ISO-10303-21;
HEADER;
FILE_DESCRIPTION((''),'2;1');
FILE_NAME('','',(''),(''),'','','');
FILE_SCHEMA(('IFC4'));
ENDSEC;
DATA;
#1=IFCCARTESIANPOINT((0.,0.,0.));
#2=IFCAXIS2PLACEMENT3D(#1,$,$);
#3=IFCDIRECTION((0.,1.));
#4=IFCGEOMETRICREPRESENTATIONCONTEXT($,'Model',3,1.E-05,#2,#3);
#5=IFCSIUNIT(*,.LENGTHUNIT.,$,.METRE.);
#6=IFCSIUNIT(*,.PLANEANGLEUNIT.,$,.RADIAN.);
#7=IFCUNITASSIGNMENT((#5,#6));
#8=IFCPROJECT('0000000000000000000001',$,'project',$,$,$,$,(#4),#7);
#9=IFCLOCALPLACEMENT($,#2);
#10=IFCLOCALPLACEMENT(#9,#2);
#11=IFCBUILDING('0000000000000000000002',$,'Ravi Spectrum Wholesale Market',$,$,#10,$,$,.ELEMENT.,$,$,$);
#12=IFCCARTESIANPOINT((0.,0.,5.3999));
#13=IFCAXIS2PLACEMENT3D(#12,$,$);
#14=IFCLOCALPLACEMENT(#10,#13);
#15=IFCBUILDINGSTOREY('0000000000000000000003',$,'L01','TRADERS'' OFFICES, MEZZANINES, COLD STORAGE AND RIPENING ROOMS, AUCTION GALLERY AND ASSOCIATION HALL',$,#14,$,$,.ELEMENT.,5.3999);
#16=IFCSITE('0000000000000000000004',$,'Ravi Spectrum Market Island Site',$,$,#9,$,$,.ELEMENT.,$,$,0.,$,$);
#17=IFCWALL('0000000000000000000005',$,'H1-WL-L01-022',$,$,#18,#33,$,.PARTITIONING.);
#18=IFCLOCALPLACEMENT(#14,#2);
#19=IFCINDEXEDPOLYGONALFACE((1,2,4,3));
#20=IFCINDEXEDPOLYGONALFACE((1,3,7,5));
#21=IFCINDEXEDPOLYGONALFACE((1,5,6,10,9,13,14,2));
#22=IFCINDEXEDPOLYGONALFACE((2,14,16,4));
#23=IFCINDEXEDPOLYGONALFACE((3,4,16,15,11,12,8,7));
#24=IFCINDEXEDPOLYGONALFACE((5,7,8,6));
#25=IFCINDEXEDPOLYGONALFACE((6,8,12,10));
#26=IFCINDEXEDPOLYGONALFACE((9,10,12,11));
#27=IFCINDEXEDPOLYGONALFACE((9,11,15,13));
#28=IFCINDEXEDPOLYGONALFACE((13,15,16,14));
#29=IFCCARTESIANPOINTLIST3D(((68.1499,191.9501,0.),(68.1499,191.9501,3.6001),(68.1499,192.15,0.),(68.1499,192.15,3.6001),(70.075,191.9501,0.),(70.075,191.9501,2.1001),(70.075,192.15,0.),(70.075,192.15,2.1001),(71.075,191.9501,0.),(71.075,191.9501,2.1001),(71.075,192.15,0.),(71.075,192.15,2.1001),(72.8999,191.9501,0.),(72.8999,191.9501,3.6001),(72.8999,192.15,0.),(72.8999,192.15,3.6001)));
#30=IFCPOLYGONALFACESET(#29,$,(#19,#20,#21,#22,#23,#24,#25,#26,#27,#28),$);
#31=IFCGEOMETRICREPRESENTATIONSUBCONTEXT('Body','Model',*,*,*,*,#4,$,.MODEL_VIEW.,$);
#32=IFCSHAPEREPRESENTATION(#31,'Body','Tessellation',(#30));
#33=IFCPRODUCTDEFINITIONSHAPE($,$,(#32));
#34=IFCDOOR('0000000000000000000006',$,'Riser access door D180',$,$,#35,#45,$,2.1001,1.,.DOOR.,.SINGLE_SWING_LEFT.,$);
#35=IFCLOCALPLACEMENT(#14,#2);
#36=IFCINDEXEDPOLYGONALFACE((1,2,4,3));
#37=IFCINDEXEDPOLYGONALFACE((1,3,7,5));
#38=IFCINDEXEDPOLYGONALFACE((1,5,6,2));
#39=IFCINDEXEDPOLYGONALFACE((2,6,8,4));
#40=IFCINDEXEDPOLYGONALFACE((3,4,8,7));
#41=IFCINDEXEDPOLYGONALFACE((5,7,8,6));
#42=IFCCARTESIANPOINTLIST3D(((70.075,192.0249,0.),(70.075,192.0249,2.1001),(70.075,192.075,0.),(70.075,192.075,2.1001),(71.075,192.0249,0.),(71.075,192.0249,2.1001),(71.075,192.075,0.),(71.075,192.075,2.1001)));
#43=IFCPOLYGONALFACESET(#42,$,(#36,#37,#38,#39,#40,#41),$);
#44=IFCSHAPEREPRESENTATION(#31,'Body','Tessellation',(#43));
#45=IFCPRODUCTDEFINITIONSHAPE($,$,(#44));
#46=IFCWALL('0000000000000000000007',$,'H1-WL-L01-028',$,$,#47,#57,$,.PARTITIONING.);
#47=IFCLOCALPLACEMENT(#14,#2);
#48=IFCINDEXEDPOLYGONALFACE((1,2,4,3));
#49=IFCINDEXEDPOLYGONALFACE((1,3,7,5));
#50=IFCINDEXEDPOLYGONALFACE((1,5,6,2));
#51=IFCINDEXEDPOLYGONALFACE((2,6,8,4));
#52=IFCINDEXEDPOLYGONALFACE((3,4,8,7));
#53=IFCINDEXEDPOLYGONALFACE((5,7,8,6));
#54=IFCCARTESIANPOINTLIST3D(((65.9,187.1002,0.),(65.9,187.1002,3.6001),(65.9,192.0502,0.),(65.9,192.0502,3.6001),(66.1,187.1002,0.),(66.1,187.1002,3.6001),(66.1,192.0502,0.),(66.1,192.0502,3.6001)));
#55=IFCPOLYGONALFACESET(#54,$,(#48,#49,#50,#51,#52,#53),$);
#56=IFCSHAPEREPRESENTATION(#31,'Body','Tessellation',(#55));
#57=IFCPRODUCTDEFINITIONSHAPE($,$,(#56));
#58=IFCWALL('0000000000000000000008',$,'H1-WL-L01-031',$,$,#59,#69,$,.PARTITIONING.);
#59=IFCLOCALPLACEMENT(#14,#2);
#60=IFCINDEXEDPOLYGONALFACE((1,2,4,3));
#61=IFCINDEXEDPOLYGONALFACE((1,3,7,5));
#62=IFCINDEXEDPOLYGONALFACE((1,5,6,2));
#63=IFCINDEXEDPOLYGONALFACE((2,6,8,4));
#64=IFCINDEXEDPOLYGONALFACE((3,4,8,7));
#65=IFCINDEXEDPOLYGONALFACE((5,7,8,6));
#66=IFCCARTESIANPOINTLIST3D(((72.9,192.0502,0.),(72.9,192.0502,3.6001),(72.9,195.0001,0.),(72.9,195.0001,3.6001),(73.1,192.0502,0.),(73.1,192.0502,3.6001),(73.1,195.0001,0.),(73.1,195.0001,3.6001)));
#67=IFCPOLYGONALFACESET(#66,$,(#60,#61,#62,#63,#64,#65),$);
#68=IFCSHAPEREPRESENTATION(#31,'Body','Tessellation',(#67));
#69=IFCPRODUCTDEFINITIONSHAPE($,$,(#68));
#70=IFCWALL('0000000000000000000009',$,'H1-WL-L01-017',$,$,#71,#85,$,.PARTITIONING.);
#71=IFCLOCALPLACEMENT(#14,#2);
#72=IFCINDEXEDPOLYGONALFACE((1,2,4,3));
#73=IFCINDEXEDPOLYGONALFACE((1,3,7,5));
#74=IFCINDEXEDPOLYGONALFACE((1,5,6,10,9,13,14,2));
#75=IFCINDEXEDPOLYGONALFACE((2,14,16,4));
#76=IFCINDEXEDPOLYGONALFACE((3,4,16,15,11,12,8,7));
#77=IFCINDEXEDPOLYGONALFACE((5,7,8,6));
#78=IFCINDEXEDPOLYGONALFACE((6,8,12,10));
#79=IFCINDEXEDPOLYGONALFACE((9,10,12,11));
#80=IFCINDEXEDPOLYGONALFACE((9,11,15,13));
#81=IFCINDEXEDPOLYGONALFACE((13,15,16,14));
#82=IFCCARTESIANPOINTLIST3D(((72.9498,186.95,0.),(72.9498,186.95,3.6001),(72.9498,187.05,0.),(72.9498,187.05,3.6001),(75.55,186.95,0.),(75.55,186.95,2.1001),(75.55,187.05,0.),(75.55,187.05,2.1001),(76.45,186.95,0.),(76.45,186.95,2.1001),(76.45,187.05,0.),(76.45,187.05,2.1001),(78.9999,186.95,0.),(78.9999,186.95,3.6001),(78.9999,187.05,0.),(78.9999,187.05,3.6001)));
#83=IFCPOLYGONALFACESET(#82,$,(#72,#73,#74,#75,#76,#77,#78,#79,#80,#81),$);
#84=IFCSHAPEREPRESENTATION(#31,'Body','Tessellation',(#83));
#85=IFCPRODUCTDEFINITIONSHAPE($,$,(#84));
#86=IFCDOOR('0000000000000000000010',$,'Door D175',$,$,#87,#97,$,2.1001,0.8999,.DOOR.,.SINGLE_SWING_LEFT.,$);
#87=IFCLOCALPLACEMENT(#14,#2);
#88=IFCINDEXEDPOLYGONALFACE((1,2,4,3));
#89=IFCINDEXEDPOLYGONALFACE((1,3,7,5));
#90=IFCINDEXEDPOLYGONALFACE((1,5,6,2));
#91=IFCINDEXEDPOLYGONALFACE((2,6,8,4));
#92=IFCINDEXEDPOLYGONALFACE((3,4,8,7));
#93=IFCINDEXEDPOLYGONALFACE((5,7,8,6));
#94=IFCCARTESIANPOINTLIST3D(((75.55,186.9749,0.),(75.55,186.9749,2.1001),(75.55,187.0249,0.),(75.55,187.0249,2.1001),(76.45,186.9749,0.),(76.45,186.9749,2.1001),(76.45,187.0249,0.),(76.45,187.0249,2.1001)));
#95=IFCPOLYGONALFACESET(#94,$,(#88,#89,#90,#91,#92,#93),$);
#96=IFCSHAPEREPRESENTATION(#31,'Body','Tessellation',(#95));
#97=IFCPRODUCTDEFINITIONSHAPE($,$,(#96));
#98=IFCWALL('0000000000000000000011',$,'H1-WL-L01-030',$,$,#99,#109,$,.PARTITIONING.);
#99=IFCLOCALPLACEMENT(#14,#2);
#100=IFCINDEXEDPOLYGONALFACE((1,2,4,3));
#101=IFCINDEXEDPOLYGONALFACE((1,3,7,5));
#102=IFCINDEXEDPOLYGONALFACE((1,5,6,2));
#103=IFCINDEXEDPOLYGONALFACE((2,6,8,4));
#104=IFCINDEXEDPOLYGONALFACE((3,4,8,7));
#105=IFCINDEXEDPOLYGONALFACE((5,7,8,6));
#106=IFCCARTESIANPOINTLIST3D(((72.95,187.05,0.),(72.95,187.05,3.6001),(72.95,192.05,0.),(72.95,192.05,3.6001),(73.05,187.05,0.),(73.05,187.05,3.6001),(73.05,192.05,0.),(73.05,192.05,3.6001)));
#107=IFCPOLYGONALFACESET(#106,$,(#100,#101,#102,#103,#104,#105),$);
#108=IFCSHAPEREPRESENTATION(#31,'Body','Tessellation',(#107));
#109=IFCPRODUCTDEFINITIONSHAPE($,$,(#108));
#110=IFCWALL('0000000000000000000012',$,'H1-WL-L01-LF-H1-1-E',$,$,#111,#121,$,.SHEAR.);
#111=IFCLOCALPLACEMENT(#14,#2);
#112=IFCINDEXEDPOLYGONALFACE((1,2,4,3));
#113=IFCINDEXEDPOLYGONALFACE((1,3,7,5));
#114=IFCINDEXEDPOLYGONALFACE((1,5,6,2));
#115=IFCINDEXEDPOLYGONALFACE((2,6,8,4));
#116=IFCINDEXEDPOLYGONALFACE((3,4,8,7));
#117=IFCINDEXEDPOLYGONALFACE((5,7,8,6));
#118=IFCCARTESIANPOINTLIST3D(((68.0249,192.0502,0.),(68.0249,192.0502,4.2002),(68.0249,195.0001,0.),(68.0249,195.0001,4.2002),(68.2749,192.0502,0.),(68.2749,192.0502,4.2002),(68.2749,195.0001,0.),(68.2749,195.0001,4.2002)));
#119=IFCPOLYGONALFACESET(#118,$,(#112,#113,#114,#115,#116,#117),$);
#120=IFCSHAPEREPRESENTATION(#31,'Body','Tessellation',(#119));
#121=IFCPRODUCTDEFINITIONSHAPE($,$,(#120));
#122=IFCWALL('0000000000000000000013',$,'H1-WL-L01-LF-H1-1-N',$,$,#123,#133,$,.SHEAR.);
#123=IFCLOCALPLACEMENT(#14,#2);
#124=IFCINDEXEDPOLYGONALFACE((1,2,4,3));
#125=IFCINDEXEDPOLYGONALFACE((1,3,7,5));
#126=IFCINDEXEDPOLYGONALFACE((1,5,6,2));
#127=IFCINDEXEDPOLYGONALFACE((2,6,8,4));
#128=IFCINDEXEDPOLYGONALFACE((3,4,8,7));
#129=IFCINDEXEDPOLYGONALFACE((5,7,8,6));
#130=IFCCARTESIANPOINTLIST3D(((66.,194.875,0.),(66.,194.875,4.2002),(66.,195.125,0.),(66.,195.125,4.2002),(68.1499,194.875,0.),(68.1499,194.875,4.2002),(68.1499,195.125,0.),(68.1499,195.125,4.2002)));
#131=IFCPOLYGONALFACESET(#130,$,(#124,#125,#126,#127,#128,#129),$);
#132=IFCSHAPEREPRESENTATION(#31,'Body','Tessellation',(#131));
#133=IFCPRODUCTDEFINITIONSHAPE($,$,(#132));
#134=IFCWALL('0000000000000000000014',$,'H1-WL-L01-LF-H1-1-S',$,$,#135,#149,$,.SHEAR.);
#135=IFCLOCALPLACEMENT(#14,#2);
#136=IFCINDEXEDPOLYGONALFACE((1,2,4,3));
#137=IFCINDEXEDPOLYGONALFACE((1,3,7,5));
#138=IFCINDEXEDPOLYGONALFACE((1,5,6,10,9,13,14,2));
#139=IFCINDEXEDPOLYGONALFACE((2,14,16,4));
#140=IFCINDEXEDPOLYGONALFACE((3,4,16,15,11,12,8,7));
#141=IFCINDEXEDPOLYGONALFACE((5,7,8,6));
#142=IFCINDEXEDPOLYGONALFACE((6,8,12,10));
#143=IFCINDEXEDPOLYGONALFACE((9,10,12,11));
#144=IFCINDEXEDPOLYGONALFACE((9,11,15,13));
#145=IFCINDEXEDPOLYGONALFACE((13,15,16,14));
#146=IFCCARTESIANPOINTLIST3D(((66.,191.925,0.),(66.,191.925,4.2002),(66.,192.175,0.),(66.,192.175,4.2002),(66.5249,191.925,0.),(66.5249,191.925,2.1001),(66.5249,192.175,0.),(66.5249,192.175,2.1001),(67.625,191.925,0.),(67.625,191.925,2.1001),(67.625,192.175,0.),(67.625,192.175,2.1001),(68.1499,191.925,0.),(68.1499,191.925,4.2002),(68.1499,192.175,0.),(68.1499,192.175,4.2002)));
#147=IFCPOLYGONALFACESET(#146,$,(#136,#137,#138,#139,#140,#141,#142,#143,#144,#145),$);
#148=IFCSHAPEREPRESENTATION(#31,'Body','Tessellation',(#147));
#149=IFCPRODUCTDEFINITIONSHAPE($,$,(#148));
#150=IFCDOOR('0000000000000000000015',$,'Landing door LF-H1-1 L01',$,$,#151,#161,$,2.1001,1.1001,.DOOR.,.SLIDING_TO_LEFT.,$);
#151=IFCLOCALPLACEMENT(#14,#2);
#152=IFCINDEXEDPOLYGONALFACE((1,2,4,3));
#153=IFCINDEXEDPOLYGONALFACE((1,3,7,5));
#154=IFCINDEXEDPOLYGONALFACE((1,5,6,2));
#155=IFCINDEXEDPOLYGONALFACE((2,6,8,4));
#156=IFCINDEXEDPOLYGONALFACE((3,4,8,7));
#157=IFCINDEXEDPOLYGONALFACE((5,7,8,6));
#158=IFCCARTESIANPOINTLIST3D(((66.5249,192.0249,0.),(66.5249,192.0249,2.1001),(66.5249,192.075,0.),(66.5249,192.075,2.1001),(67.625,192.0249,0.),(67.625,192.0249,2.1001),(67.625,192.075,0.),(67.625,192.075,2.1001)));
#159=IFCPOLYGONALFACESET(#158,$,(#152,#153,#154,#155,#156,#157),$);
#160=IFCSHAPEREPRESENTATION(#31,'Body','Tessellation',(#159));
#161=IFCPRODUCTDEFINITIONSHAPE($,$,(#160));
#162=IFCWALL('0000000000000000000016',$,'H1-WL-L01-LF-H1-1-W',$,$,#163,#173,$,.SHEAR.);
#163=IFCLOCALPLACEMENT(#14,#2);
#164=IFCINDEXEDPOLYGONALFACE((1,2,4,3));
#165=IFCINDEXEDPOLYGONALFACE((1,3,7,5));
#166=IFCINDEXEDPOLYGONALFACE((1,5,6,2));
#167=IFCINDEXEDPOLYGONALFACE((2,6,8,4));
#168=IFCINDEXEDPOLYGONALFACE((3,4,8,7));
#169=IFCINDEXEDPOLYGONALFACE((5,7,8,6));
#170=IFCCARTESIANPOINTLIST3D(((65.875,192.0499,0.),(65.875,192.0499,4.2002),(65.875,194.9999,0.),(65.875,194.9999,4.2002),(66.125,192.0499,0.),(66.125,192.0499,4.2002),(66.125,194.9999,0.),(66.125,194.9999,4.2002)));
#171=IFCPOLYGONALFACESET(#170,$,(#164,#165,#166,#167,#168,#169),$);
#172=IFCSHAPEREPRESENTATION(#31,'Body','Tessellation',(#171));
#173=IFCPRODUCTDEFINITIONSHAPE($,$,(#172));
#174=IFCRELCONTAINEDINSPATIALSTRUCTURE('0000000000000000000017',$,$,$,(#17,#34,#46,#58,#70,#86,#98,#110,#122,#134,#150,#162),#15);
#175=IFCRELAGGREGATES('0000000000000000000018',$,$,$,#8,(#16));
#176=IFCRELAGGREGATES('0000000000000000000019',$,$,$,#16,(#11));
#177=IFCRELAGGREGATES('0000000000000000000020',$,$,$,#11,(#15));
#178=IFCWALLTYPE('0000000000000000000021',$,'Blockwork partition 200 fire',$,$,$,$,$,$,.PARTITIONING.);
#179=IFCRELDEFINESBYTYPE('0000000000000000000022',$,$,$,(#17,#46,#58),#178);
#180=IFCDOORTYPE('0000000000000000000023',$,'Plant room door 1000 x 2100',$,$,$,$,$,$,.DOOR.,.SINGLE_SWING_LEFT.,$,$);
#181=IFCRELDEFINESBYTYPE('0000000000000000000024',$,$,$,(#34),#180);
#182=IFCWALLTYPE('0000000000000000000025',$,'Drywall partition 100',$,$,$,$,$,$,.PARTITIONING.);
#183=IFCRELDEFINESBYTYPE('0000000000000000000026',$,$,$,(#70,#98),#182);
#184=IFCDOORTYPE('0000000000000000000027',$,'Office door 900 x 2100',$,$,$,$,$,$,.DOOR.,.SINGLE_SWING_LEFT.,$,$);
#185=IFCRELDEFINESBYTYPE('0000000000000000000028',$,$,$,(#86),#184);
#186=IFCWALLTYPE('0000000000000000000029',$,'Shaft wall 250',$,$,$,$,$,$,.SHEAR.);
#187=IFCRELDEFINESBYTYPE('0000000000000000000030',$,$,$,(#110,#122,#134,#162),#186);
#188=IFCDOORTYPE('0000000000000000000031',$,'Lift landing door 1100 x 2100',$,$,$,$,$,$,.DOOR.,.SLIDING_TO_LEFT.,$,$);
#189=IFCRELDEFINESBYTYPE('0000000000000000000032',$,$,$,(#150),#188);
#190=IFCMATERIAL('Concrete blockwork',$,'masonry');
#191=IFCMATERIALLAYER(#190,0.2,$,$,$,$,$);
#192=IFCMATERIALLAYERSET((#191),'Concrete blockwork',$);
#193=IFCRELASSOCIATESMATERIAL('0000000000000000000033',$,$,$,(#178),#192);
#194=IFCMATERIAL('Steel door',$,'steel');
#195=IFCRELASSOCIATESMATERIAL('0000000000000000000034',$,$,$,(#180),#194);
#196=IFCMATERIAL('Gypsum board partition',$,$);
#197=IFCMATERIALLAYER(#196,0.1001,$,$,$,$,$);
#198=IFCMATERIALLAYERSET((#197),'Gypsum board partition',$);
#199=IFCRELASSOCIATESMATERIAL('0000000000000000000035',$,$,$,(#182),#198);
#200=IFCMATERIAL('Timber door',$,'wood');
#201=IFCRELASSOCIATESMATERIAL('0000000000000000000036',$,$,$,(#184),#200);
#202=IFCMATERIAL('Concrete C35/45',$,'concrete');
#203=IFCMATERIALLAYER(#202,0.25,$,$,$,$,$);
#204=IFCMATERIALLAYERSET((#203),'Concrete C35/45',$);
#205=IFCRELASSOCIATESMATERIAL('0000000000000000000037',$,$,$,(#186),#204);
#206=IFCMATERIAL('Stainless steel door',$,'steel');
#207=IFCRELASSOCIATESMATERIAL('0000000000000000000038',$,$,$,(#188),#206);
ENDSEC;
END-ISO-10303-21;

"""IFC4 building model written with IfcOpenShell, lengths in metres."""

from ifc_helpers import new_model, si_unit, direction, frame, frame_2d, origin, place, context, subcontext, project, spatial, rectangle, extrude, material, layer, layer_set, type_object, element, fill, save


model = new_model("IFC4")

# Units and contexts
model_context = context("Model", 3, precision=1e-05, world=origin(), true_north=direction((0.0, 1.0)))
body_context = subcontext(model_context, "Body", "Model", "MODEL_VIEW")
ifc_project = project(units=[si_unit("LENGTHUNIT", "METRE"), si_unit("PLANEANGLEUNIT", "RADIAN")], contexts=[model_context])

# Site, building, storey
site_placement = place(None, origin())
site = spatial("IfcSite", under=ifc_project, at=site_placement, Name="Ravi Spectrum Market Island Site", CompositionType="ELEMENT", RefElevation=0.0)
building_placement = place(site_placement, origin())
building = spatial("IfcBuilding", under=site, at=building_placement, Name="Ravi Spectrum Wholesale Market", CompositionType="ELEMENT")
storey_placement = place(building_placement, frame((0.0, 0.0, 5.3999)))
storey = spatial("IfcBuildingStorey", under=building, at=storey_placement, Name="L01", Description="TRADERS' OFFICES, MEZZANINES, COLD STORAGE AND RIPENING ROOMS, AUCTION GALLERY AND ASSOCIATION HALL", CompositionType="ELEMENT", Elevation=5.3999)

# Wall, opening, door
ifc_material_1 = material(Name="Concrete blockwork", Category="masonry")
ifc_layer_1 = layer(ifc_material_1, 0.2)
ifc_layer_set_1 = layer_set([ifc_layer_1], Name="Concrete blockwork")
wall_type_1 = type_object("IfcWallType", Name="Blockwork partition 200 fire", PredefinedType="PARTITIONING", material=ifc_layer_set_1)
wall_1_placement = place(storey_placement, frame((68.1499, 192.05, 0.0), z_axis=(0.0, 0.0, 1.0), x_axis=(1.0, 0.0, 0.0)))
wall_1 = element("IfcWall", 1, at=wall_1_placement, inside=storey, type_object=wall_type_1, Name="H1-WL-L01-022", PredefinedType="PARTITIONING", context=body_context, shape_type="SweptSolid", body=[
    extrude(rectangle(XDim=4.75, YDim=0.2, at=frame_2d((2.375, 0.0))), origin(), (0.0, 0.0, 1.0), 3.6001),
])
opening_1_placement = place(wall_1_placement, frame((1.925, 0.0, 0.0)))
opening_1 = element("IfcOpeningElement", 2, at=opening_1_placement, cuts=wall_1, PredefinedType="OPENING", context=body_context, shape_type="SweptSolid", body=[
    extrude(rectangle(XDim=1.0, YDim=2.1001, at=frame_2d((0.5, 1.05))), frame((0.0, 0.1099, 0.0), z_axis=(0.0, -1.0, 0.0), x_axis=(1.0, 0.0, 0.0)), (0.0, 0.0, 1.0), 0.22),
])
ifc_material_2 = material(Name="Steel door", Category="steel")
door_type_1 = type_object("IfcDoorType", Name="Plant room door 1000 x 2100", OperationType="SINGLE_SWING_LEFT", PredefinedType="DOOR", material=ifc_material_2)
door_1_placement = place(opening_1_placement, origin())
door_1 = element("IfcDoor", 3, at=door_1_placement, inside=storey, type_object=door_type_1, Name="Riser access door D180", OperationType="SINGLE_SWING_LEFT", OverallHeight=2.1001, OverallWidth=1.0, PredefinedType="DOOR", context=body_context, shape_type="SweptSolid", body=[
    extrude(rectangle(XDim=1.0, YDim=2.1001, at=frame_2d((0.5, 1.05))), frame((0.0, 0.0249, 0.0), z_axis=(0.0, -1.0, 0.0), x_axis=(1.0, 0.0, 0.0)), (0.0, 0.0, 1.0), 0.05),
])
fill(opening_1, door_1)

# Walls
wall_2_placement = place(storey_placement, frame((66.0, 187.1001, 0.0), z_axis=(0.0, 0.0, 1.0), x_axis=(0.0, 1.0, 0.0)))
element("IfcWall", 4, at=wall_2_placement, inside=storey, type_object=wall_type_1, Name="H1-WL-L01-028", PredefinedType="PARTITIONING", context=body_context, shape_type="SweptSolid", body=[
    extrude(rectangle(XDim=4.95, YDim=0.2, at=frame_2d((2.4751, 0.0))), origin(), (0.0, 0.0, 1.0), 3.6001),
])
wall_3_placement = place(storey_placement, frame((73.0, 192.05, 0.0), z_axis=(0.0, 0.0, 1.0), x_axis=(0.0, 1.0, 0.0)))
element("IfcWall", 5, at=wall_3_placement, inside=storey, type_object=wall_type_1, Name="H1-WL-L01-031", PredefinedType="PARTITIONING", context=body_context, shape_type="SweptSolid", body=[
    extrude(rectangle(XDim=2.95, YDim=0.2, at=frame_2d((1.4751, 0.0))), origin(), (0.0, 0.0, 1.0), 3.6001),
])

# Wall, opening, door
ifc_material_3 = material(Name="Gypsum board partition")
ifc_layer_2 = layer(ifc_material_3, 0.1001)
ifc_layer_set_2 = layer_set([ifc_layer_2], Name="Gypsum board partition")
wall_type_2 = type_object("IfcWallType", Name="Drywall partition 100", PredefinedType="PARTITIONING", material=ifc_layer_set_2)
wall_4_placement = place(storey_placement, frame((72.95, 187.0, 0.0), z_axis=(0.0, 0.0, 1.0), x_axis=(1.0, 0.0, 0.0)))
wall_4 = element("IfcWall", 6, at=wall_4_placement, inside=storey, type_object=wall_type_2, Name="H1-WL-L01-017", PredefinedType="PARTITIONING", context=body_context, shape_type="SweptSolid", body=[
    extrude(rectangle(XDim=6.05, YDim=0.1001, at=frame_2d((3.0249, 0.0))), origin(), (0.0, 0.0, 1.0), 3.6001),
])
opening_2_placement = place(wall_4_placement, frame((2.6001, 0.0, 0.0)))
opening_2 = element("IfcOpeningElement", 7, at=opening_2_placement, cuts=wall_4, PredefinedType="OPENING", context=body_context, shape_type="SweptSolid", body=[
    extrude(rectangle(XDim=0.8999, YDim=2.1001, at=frame_2d((0.45, 1.05))), frame((0.0, 0.0601, 0.0), z_axis=(0.0, -1.0, 0.0), x_axis=(1.0, 0.0, 0.0)), (0.0, 0.0, 1.0), 0.1201),
])
ifc_material_4 = material(Name="Timber door", Category="wood")
door_type_2 = type_object("IfcDoorType", Name="Office door 900 x 2100", OperationType="SINGLE_SWING_LEFT", PredefinedType="DOOR", material=ifc_material_4)
door_2_placement = place(opening_2_placement, origin())
door_2 = element("IfcDoor", 8, at=door_2_placement, inside=storey, type_object=door_type_2, Name="Door D175", OperationType="SINGLE_SWING_LEFT", OverallHeight=2.1001, OverallWidth=0.8999, PredefinedType="DOOR", context=body_context, shape_type="SweptSolid", body=[
    extrude(rectangle(XDim=0.8999, YDim=2.1001, at=frame_2d((0.45, 1.05))), frame((0.0, 0.0249, 0.0), z_axis=(0.0, -1.0, 0.0), x_axis=(1.0, 0.0, 0.0)), (0.0, 0.0, 1.0), 0.05),
])
fill(opening_2, door_2)

# Walls
wall_5_placement = place(storey_placement, frame((73.0, 187.05, 0.0), z_axis=(0.0, 0.0, 1.0), x_axis=(0.0, 1.0, 0.0)))
element("IfcWall", 9, at=wall_5_placement, inside=storey, type_object=wall_type_2, Name="H1-WL-L01-030", PredefinedType="PARTITIONING", context=body_context, shape_type="SweptSolid", body=[
    extrude(rectangle(XDim=5.0, YDim=0.1001, at=frame_2d((2.5, 0.0))), origin(), (0.0, 0.0, 1.0), 3.6001),
])
ifc_material_5 = material(Name="Concrete C35/45", Category="concrete")
ifc_layer_3 = layer(ifc_material_5, 0.25)
ifc_layer_set_3 = layer_set([ifc_layer_3], Name="Concrete C35/45")
wall_type_3 = type_object("IfcWallType", Name="Shaft wall 250", PredefinedType="SHEAR", material=ifc_layer_set_3)
wall_6_placement = place(storey_placement, frame((68.1499, 192.05, 0.0), z_axis=(0.0, 0.0, 1.0), x_axis=(0.0, 1.0, 0.0)))
element("IfcWall", 10, at=wall_6_placement, inside=storey, type_object=wall_type_3, Name="H1-WL-L01-LF-H1-1-E", PredefinedType="SHEAR", context=body_context, shape_type="SweptSolid", body=[
    extrude(rectangle(XDim=2.95, YDim=0.25, at=frame_2d((1.4751, 0.0))), origin(), (0.0, 0.0, 1.0), 4.2002),
])
wall_7_placement = place(storey_placement, frame((68.1499, 195.0, 0.0), z_axis=(0.0, 0.0, 1.0), x_axis=(-1.0, 0.0, 0.0)))
element("IfcWall", 11, at=wall_7_placement, inside=storey, type_object=wall_type_3, Name="H1-WL-L01-LF-H1-1-N", PredefinedType="SHEAR", context=body_context, shape_type="SweptSolid", body=[
    extrude(rectangle(XDim=2.1499, YDim=0.25, at=frame_2d((1.075, 0.0))), origin(), (0.0, 0.0, 1.0), 4.2002),
])

# Wall, opening, door
wall_8_placement = place(storey_placement, frame((66.0, 192.05, 0.0), z_axis=(0.0, 0.0, 1.0), x_axis=(1.0, 0.0, 0.0)))
wall_8 = element("IfcWall", 12, at=wall_8_placement, inside=storey, type_object=wall_type_3, Name="H1-WL-L01-LF-H1-1-S", PredefinedType="SHEAR", context=body_context, shape_type="SweptSolid", body=[
    extrude(rectangle(XDim=2.1499, YDim=0.25, at=frame_2d((1.075, 0.0))), origin(), (0.0, 0.0, 1.0), 4.2002),
])
opening_3_placement = place(wall_8_placement, frame((0.5249, 0.0, 0.0)))
opening_3 = element("IfcOpeningElement", 13, at=opening_3_placement, cuts=wall_8, PredefinedType="OPENING", context=body_context, shape_type="SweptSolid", body=[
    extrude(rectangle(XDim=1.1001, YDim=2.1001, at=frame_2d((0.55, 1.05))), frame((0.0, 0.135, 0.0), z_axis=(0.0, -1.0, 0.0), x_axis=(1.0, 0.0, 0.0)), (0.0, 0.0, 1.0), 0.27),
])
ifc_material_6 = material(Name="Stainless steel door", Category="steel")
door_type_3 = type_object("IfcDoorType", Name="Lift landing door 1100 x 2100", OperationType="SLIDING_TO_LEFT", PredefinedType="DOOR", material=ifc_material_6)
door_3_placement = place(opening_3_placement, origin())
door_3 = element("IfcDoor", 14, at=door_3_placement, inside=storey, type_object=door_type_3, Name="Landing door LF-H1-1 L01", OperationType="SLIDING_TO_LEFT", OverallHeight=2.1001, OverallWidth=1.1001, PredefinedType="DOOR", context=body_context, shape_type="SweptSolid", body=[
    extrude(rectangle(XDim=1.1001, YDim=2.1001, at=frame_2d((0.55, 1.05))), frame((0.0, 0.0249, 0.0), z_axis=(0.0, -1.0, 0.0), x_axis=(1.0, 0.0, 0.0)), (0.0, 0.0, 1.0), 0.05),
])
fill(opening_3, door_3)

# Wall
wall_9_placement = place(storey_placement, frame((66.0, 195.0, 0.0), z_axis=(0.0, 0.0, 1.0), x_axis=(0.0, -1.0, 0.0)))
element("IfcWall", 15, at=wall_9_placement, inside=storey, type_object=wall_type_3, Name="H1-WL-L01-LF-H1-1-W", PredefinedType="SHEAR", context=body_context, shape_type="SweptSolid", body=[
    extrude(rectangle(XDim=2.95, YDim=0.25, at=frame_2d((1.4751, 0.0))), origin(), (0.0, 0.0, 1.0), 4.2002),
])

save(model, "model.ifc")
